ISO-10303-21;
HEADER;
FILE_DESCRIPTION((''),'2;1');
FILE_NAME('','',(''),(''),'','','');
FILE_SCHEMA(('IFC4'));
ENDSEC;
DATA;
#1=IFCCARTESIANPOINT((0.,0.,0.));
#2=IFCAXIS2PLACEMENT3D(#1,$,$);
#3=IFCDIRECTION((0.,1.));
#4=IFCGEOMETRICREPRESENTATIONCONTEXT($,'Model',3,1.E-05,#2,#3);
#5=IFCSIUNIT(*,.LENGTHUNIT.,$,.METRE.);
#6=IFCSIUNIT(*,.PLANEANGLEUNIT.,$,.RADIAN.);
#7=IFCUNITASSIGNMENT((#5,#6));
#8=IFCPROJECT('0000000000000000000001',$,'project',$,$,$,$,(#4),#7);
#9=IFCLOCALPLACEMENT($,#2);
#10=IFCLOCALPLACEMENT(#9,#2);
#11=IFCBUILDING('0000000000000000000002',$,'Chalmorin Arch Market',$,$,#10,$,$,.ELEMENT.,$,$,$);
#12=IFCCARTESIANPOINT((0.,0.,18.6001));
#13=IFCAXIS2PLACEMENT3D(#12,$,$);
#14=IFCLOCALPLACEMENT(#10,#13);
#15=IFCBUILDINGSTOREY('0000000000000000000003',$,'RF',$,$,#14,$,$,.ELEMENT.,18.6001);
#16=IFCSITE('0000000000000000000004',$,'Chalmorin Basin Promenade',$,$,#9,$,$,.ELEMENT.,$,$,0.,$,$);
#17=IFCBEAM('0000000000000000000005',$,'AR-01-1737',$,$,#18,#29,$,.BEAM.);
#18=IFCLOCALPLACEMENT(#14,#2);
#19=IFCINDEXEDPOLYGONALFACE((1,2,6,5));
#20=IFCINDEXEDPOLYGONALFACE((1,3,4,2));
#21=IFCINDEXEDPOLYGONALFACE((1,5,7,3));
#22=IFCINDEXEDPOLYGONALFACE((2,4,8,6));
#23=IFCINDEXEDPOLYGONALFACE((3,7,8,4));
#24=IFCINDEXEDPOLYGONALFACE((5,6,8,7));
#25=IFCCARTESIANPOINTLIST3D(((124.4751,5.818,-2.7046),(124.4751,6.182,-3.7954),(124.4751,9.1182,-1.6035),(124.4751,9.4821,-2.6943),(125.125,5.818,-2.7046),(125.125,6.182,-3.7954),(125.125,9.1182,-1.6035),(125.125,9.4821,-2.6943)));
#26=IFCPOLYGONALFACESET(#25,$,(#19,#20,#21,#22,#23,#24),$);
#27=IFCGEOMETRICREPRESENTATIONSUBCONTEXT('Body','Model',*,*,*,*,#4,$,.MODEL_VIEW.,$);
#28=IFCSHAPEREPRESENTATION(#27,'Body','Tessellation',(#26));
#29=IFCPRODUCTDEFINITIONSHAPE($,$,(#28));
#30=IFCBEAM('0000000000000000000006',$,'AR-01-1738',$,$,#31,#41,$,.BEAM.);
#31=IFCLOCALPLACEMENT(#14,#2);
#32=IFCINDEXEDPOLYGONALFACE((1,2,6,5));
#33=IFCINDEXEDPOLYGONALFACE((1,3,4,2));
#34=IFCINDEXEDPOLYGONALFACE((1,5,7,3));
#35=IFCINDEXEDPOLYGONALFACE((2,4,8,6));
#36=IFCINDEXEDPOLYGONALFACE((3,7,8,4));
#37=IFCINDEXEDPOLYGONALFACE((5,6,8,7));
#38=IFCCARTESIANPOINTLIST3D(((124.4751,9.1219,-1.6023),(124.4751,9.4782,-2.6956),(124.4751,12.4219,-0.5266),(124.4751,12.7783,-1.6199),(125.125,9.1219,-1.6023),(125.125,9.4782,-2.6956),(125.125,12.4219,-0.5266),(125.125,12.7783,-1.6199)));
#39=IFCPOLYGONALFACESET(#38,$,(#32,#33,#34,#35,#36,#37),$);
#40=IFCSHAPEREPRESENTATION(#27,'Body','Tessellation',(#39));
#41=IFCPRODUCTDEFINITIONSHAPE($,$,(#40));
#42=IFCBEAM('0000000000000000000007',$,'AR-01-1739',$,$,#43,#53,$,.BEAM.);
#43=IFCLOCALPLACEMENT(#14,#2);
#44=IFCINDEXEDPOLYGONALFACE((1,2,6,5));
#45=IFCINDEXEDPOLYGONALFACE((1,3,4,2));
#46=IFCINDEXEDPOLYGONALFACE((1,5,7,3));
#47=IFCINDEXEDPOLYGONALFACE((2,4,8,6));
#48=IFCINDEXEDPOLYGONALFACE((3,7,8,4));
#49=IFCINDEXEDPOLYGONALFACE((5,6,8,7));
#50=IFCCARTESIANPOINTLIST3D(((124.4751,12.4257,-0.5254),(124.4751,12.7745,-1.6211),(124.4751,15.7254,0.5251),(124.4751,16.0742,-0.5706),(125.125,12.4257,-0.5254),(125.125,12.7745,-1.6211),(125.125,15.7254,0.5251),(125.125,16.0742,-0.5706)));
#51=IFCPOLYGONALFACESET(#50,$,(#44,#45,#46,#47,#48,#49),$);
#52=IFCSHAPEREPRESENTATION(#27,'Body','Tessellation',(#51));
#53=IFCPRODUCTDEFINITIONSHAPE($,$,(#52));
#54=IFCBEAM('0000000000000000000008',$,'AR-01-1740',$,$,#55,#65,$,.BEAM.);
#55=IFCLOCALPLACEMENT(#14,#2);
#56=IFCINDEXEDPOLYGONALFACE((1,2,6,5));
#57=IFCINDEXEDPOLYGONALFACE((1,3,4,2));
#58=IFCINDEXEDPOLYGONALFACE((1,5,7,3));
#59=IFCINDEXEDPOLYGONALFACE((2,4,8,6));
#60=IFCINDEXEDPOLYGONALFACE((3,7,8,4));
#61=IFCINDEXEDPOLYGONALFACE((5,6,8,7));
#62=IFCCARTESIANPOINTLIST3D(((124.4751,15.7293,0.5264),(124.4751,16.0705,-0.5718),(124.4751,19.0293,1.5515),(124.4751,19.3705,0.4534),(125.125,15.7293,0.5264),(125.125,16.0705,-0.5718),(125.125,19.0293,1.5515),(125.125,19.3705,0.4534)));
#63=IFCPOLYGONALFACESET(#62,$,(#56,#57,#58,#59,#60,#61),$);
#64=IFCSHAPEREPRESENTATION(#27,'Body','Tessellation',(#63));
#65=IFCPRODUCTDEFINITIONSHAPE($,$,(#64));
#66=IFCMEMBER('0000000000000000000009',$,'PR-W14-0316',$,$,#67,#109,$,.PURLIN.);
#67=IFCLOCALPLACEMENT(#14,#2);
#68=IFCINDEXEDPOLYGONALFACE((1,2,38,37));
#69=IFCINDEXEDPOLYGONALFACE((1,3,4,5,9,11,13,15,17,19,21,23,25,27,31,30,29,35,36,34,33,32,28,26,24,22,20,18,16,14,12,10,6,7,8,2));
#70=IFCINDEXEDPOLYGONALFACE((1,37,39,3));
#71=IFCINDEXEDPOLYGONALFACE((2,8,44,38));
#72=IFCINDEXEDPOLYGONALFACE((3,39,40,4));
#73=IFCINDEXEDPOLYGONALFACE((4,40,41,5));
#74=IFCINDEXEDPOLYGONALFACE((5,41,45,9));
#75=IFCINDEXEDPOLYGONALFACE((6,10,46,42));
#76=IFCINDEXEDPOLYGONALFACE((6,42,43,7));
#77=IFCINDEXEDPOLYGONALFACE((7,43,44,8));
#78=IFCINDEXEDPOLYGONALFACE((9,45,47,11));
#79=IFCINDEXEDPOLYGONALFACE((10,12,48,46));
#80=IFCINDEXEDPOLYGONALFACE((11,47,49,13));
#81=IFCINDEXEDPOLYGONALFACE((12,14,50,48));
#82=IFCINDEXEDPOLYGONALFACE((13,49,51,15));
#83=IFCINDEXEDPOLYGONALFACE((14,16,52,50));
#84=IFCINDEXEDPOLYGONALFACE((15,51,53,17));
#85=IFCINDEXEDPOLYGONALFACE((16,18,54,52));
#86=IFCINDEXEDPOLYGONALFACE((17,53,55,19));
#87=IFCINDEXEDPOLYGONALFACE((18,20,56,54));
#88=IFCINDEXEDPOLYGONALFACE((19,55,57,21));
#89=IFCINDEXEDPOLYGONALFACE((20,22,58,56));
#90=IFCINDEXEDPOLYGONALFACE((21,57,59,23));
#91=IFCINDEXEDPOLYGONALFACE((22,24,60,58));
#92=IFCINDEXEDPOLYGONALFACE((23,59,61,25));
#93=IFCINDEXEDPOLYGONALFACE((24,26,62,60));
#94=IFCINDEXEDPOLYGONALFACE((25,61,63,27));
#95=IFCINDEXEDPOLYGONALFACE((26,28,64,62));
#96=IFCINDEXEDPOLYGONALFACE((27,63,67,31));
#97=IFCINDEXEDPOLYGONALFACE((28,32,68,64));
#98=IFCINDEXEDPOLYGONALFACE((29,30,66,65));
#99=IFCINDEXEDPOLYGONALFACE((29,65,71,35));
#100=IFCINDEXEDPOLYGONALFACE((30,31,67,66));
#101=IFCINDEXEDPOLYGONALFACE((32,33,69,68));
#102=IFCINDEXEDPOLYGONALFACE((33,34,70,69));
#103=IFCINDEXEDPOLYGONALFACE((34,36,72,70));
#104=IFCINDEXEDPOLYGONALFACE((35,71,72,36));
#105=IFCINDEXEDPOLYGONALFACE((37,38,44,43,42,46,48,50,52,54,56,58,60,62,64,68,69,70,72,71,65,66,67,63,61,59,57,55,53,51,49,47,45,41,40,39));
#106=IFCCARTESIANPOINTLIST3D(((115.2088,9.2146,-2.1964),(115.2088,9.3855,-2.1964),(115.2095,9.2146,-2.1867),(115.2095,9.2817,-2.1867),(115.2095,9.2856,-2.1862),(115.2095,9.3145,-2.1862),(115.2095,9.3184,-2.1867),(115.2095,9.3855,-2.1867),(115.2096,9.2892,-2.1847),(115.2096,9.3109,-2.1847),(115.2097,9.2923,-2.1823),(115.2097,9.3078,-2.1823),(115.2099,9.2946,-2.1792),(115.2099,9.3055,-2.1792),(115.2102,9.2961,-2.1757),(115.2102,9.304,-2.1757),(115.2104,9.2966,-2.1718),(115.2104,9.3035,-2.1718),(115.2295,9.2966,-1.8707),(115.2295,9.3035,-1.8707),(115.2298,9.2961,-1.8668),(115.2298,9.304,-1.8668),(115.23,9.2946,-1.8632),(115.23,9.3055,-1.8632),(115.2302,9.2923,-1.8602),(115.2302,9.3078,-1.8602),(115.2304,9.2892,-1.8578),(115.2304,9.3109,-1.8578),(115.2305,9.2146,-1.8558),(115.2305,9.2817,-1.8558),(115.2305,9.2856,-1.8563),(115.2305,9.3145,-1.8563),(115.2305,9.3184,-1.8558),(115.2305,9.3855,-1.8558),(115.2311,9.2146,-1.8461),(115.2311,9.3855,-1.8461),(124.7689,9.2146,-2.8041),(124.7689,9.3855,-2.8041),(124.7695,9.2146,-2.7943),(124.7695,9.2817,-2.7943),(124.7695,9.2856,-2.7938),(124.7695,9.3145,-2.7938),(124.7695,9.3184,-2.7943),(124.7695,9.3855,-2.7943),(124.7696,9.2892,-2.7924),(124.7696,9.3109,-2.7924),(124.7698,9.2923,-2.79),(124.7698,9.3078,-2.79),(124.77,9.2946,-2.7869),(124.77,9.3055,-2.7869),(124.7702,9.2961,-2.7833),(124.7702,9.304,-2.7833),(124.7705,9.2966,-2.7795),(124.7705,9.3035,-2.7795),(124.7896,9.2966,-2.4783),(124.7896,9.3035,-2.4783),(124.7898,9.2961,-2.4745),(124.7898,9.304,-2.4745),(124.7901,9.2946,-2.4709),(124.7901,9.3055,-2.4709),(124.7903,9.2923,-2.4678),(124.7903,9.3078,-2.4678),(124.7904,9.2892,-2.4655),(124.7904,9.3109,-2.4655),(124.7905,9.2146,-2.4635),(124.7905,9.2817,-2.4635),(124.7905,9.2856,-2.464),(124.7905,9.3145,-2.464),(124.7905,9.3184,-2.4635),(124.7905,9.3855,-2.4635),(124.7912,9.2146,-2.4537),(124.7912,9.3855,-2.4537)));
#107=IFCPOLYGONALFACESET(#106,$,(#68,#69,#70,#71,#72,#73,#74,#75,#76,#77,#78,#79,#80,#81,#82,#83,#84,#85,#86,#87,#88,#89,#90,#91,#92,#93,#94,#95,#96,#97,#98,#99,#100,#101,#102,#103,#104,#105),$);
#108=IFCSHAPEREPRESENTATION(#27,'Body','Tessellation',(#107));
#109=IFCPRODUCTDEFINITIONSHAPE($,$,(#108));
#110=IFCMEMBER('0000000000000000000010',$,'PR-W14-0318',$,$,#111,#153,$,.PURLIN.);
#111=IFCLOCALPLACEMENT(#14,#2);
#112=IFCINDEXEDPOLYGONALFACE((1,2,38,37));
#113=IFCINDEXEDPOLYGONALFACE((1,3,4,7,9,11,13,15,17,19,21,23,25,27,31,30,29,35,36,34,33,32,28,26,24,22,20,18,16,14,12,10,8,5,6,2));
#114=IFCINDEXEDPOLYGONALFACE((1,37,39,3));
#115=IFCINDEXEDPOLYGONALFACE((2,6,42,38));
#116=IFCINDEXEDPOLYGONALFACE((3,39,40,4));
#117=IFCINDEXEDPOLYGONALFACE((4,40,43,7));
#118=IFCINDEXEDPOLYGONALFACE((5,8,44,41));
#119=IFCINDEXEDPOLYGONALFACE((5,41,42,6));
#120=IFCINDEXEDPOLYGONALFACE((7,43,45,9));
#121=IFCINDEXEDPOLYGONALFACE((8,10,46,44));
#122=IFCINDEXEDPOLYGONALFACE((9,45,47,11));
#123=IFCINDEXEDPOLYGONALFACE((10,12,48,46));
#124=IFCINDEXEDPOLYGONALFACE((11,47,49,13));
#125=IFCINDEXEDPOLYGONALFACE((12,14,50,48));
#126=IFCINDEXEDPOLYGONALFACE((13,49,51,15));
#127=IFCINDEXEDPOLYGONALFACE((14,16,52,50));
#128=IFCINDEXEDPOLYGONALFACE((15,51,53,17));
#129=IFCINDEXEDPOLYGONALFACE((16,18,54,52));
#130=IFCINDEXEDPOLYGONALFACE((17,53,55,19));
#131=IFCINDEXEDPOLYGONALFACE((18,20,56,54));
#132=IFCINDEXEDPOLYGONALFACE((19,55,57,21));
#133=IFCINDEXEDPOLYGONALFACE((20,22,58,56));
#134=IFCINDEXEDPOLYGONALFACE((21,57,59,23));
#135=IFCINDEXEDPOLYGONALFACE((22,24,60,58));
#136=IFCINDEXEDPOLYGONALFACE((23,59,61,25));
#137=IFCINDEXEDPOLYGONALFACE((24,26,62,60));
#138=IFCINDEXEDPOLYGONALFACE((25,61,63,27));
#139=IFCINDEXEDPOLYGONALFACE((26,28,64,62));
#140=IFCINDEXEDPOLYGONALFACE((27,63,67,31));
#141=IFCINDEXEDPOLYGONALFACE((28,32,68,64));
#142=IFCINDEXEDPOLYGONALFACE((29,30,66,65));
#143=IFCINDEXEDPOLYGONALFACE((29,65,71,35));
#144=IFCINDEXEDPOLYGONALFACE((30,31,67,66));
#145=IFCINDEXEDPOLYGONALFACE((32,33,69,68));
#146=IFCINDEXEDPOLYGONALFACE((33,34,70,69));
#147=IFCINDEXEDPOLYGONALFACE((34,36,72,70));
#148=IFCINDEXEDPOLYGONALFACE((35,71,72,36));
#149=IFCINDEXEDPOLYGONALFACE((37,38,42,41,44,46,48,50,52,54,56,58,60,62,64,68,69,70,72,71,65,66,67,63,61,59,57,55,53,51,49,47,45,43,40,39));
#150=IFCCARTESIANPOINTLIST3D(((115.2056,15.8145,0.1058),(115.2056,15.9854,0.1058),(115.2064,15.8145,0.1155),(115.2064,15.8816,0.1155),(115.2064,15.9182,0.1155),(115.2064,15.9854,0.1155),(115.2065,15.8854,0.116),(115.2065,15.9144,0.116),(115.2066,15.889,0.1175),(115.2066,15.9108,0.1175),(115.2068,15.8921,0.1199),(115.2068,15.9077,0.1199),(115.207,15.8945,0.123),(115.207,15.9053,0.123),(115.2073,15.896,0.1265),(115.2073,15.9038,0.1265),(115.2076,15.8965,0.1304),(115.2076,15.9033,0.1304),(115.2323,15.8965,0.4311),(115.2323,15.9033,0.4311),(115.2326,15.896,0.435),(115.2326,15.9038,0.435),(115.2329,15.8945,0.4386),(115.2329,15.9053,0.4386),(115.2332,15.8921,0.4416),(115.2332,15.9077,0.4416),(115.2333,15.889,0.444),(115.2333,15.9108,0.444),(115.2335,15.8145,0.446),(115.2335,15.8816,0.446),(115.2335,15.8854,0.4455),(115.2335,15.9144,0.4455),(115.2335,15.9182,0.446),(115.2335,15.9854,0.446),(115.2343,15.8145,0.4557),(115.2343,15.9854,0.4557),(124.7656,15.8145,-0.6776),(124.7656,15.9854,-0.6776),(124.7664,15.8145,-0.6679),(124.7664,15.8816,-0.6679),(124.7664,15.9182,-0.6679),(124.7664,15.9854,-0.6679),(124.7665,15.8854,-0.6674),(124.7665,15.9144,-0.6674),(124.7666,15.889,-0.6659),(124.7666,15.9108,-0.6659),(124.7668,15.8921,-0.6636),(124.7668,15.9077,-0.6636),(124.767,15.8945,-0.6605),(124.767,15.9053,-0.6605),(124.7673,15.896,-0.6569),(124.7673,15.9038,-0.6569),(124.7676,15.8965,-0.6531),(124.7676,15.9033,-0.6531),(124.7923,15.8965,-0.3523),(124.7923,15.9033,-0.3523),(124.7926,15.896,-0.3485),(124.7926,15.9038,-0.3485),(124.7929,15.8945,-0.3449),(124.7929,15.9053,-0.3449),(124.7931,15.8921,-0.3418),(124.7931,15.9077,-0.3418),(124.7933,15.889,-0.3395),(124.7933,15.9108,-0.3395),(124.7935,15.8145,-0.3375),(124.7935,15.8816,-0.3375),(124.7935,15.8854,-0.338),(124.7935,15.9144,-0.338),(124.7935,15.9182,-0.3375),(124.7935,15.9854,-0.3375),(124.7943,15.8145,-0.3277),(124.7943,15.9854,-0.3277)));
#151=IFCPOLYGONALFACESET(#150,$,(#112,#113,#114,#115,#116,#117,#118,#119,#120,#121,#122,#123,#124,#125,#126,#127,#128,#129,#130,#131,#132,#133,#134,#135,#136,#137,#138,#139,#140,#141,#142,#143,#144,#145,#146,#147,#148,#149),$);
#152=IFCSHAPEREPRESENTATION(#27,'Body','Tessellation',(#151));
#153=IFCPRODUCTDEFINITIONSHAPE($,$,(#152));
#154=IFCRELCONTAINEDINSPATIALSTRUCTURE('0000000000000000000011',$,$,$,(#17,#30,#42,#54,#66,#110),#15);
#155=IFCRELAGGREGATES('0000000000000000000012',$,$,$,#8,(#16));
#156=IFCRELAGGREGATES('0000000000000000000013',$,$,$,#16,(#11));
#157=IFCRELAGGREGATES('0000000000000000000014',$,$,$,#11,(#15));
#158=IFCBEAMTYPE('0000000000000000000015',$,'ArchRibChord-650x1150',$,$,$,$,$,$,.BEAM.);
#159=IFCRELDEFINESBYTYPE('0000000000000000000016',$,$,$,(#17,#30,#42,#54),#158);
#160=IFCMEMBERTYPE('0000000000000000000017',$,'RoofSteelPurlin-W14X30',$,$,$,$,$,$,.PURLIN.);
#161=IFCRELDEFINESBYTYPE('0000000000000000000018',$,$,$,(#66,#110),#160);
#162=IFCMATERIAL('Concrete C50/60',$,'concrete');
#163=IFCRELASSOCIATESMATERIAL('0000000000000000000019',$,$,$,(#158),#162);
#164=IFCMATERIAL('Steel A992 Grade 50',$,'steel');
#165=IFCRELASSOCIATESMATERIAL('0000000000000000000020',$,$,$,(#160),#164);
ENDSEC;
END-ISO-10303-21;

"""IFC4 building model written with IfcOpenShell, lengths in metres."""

from ifc_helpers import new_model, si_unit, direction, frame, origin, origin_2d, place, context, subcontext, project, spatial, rectangle, i_section, extrude, material, material_profile, profile_set, type_object, element, save


model = new_model("IFC4")

# Units and contexts
model_context = context("Model", 3, precision=1e-05, world=origin(), true_north=direction((0.0, 1.0)))
body_context = subcontext(model_context, "Body", "Model", "MODEL_VIEW")
ifc_project = project(units=[si_unit("LENGTHUNIT", "METRE"), si_unit("PLANEANGLEUNIT", "RADIAN")], contexts=[model_context])

# Site, building, storey
site_placement = place(None, origin())
site = spatial("IfcSite", under=ifc_project, at=site_placement, Name="Chalmorin Basin Promenade", CompositionType="ELEMENT", RefElevation=0.0)
building_placement = place(site_placement, origin())
building = spatial("IfcBuilding", under=site, at=building_placement, Name="Chalmorin Arch Market", CompositionType="ELEMENT")
storey_placement = place(building_placement, frame((0.0, 0.0, 18.6001)))
storey = spatial("IfcBuildingStorey", under=building, at=storey_placement, Name="RF", CompositionType="ELEMENT", Elevation=18.6001)

# Beams
ifc_material_1 = material(Name="Concrete C50/60", Category="concrete")
ifc_material_profile_1 = material_profile(ifc_material_1, rectangle(XDim=0.6499, YDim=1.1499, at=origin_2d()), Name="RC650X1150")
ifc_profile_set_1 = profile_set([ifc_material_profile_1], Name="Concrete C50/60")
beam_type = type_object("IfcBeamType", Name="ArchRibChord-650x1150", PredefinedType="BEAM", material=ifc_profile_set_1)
beam_1_placement = place(storey_placement, frame((124.8, 6.0, -3.25), z_axis=(0.0, 0.948592, 0.316501), x_axis=(-1.0, 0.0, 0.0)))
element("IfcBeam", 1, at=beam_1_placement, inside=storey, type_object=beam_type, Name="AR-01-1737", PredefinedType="BEAM", context=body_context, shape_type="SweptSolid", body=[
    extrude(rectangle(XDim=0.6499, YDim=1.1499, at=origin_2d()), origin(), (0.0, 0.0, 1.0), 3.479),
])
beam_2_placement = place(storey_placement, frame((124.8, 9.3, -2.1489), z_axis=(0.0, 0.950765, 0.309911), x_axis=(-1.0, 0.0, 0.0)))
element("IfcBeam", 2, at=beam_2_placement, inside=storey, type_object=beam_type, Name="AR-01-1738", PredefinedType="BEAM", context=body_context, shape_type="SweptSolid", body=[
    extrude(rectangle(XDim=0.6499, YDim=1.1499, at=origin_2d()), origin(), (0.0, 0.0, 1.0), 3.4709),
])
beam_3_placement = place(storey_placement, frame((124.8, 12.6001, -1.0732), z_axis=(0.0, 0.952876, 0.303361), x_axis=(-1.0, 0.0, 0.0)))
element("IfcBeam", 3, at=beam_3_placement, inside=storey, type_object=beam_type, Name="AR-01-1739", PredefinedType="BEAM", context=body_context, shape_type="SweptSolid", body=[
    extrude(rectangle(XDim=0.6499, YDim=1.1499, at=origin_2d()), origin(), (0.0, 0.0, 1.0), 3.4629),
])
beam_4_placement = place(storey_placement, frame((124.8, 15.8999, -0.0227), z_axis=(0.0, 0.954983, 0.296661), x_axis=(-1.0, 0.0, 0.0)))
element("IfcBeam", 4, at=beam_4_placement, inside=storey, type_object=beam_type, Name="AR-01-1740", PredefinedType="BEAM", context=body_context, shape_type="SweptSolid", body=[
    extrude(rectangle(XDim=0.6499, YDim=1.1499, at=origin_2d()), origin(), (0.0, 0.0, 1.0), 3.4556),
])

# Members
ifc_material_2 = material(Name="Steel A992 Grade 50", Category="steel")
ifc_material_profile_2 = material_profile(ifc_material_2, i_section(OverallWidth=0.1709, OverallDepth=0.3511, WebThickness=0.0068, FlangeThickness=0.0098, FilletRadius=0.0149, at=origin_2d()), Name="W14X30")
ifc_profile_set_2 = profile_set([ifc_material_profile_2], Name="Steel A992 Grade 50")
member_type_1 = type_object("IfcMemberType", Name="RoofSteelPurlin-W14X30", PredefinedType="PURLIN", material=ifc_profile_set_2)
member_1_placement = place(storey_placement, frame((115.22, 9.3, -2.0212), z_axis=(0.997986, 0.0, -0.063435), x_axis=(0.0, 1.0, 0.0)))
element("IfcMember", 5, at=member_1_placement, inside=storey, type_object=member_type_1, Name="PR-W14-0316", PredefinedType="PURLIN", context=body_context, shape_type="SweptSolid", body=[
    extrude(i_section(OverallWidth=0.1709, OverallDepth=0.3511, WebThickness=0.0068, FlangeThickness=0.0098, FilletRadius=0.0149, at=origin_2d()), origin(), (0.0, 0.0, 1.0), 9.5793),
])
member_2_placement = place(storey_placement, frame((115.22, 15.8999, 0.2808), z_axis=(0.996659, 0.0, -0.081676), x_axis=(0.0, 1.0, 0.0)))
element("IfcMember", 6, at=member_2_placement, inside=storey, type_object=member_type_1, Name="PR-W14-0318", PredefinedType="PURLIN", context=body_context, shape_type="SweptSolid", body=[
    extrude(i_section(OverallWidth=0.1709, OverallDepth=0.3511, WebThickness=0.0068, FlangeThickness=0.0098, FilletRadius=0.0149, at=origin_2d()), origin(), (0.0, 0.0, 1.0), 9.592),
])

save(model, "model.ifc")
